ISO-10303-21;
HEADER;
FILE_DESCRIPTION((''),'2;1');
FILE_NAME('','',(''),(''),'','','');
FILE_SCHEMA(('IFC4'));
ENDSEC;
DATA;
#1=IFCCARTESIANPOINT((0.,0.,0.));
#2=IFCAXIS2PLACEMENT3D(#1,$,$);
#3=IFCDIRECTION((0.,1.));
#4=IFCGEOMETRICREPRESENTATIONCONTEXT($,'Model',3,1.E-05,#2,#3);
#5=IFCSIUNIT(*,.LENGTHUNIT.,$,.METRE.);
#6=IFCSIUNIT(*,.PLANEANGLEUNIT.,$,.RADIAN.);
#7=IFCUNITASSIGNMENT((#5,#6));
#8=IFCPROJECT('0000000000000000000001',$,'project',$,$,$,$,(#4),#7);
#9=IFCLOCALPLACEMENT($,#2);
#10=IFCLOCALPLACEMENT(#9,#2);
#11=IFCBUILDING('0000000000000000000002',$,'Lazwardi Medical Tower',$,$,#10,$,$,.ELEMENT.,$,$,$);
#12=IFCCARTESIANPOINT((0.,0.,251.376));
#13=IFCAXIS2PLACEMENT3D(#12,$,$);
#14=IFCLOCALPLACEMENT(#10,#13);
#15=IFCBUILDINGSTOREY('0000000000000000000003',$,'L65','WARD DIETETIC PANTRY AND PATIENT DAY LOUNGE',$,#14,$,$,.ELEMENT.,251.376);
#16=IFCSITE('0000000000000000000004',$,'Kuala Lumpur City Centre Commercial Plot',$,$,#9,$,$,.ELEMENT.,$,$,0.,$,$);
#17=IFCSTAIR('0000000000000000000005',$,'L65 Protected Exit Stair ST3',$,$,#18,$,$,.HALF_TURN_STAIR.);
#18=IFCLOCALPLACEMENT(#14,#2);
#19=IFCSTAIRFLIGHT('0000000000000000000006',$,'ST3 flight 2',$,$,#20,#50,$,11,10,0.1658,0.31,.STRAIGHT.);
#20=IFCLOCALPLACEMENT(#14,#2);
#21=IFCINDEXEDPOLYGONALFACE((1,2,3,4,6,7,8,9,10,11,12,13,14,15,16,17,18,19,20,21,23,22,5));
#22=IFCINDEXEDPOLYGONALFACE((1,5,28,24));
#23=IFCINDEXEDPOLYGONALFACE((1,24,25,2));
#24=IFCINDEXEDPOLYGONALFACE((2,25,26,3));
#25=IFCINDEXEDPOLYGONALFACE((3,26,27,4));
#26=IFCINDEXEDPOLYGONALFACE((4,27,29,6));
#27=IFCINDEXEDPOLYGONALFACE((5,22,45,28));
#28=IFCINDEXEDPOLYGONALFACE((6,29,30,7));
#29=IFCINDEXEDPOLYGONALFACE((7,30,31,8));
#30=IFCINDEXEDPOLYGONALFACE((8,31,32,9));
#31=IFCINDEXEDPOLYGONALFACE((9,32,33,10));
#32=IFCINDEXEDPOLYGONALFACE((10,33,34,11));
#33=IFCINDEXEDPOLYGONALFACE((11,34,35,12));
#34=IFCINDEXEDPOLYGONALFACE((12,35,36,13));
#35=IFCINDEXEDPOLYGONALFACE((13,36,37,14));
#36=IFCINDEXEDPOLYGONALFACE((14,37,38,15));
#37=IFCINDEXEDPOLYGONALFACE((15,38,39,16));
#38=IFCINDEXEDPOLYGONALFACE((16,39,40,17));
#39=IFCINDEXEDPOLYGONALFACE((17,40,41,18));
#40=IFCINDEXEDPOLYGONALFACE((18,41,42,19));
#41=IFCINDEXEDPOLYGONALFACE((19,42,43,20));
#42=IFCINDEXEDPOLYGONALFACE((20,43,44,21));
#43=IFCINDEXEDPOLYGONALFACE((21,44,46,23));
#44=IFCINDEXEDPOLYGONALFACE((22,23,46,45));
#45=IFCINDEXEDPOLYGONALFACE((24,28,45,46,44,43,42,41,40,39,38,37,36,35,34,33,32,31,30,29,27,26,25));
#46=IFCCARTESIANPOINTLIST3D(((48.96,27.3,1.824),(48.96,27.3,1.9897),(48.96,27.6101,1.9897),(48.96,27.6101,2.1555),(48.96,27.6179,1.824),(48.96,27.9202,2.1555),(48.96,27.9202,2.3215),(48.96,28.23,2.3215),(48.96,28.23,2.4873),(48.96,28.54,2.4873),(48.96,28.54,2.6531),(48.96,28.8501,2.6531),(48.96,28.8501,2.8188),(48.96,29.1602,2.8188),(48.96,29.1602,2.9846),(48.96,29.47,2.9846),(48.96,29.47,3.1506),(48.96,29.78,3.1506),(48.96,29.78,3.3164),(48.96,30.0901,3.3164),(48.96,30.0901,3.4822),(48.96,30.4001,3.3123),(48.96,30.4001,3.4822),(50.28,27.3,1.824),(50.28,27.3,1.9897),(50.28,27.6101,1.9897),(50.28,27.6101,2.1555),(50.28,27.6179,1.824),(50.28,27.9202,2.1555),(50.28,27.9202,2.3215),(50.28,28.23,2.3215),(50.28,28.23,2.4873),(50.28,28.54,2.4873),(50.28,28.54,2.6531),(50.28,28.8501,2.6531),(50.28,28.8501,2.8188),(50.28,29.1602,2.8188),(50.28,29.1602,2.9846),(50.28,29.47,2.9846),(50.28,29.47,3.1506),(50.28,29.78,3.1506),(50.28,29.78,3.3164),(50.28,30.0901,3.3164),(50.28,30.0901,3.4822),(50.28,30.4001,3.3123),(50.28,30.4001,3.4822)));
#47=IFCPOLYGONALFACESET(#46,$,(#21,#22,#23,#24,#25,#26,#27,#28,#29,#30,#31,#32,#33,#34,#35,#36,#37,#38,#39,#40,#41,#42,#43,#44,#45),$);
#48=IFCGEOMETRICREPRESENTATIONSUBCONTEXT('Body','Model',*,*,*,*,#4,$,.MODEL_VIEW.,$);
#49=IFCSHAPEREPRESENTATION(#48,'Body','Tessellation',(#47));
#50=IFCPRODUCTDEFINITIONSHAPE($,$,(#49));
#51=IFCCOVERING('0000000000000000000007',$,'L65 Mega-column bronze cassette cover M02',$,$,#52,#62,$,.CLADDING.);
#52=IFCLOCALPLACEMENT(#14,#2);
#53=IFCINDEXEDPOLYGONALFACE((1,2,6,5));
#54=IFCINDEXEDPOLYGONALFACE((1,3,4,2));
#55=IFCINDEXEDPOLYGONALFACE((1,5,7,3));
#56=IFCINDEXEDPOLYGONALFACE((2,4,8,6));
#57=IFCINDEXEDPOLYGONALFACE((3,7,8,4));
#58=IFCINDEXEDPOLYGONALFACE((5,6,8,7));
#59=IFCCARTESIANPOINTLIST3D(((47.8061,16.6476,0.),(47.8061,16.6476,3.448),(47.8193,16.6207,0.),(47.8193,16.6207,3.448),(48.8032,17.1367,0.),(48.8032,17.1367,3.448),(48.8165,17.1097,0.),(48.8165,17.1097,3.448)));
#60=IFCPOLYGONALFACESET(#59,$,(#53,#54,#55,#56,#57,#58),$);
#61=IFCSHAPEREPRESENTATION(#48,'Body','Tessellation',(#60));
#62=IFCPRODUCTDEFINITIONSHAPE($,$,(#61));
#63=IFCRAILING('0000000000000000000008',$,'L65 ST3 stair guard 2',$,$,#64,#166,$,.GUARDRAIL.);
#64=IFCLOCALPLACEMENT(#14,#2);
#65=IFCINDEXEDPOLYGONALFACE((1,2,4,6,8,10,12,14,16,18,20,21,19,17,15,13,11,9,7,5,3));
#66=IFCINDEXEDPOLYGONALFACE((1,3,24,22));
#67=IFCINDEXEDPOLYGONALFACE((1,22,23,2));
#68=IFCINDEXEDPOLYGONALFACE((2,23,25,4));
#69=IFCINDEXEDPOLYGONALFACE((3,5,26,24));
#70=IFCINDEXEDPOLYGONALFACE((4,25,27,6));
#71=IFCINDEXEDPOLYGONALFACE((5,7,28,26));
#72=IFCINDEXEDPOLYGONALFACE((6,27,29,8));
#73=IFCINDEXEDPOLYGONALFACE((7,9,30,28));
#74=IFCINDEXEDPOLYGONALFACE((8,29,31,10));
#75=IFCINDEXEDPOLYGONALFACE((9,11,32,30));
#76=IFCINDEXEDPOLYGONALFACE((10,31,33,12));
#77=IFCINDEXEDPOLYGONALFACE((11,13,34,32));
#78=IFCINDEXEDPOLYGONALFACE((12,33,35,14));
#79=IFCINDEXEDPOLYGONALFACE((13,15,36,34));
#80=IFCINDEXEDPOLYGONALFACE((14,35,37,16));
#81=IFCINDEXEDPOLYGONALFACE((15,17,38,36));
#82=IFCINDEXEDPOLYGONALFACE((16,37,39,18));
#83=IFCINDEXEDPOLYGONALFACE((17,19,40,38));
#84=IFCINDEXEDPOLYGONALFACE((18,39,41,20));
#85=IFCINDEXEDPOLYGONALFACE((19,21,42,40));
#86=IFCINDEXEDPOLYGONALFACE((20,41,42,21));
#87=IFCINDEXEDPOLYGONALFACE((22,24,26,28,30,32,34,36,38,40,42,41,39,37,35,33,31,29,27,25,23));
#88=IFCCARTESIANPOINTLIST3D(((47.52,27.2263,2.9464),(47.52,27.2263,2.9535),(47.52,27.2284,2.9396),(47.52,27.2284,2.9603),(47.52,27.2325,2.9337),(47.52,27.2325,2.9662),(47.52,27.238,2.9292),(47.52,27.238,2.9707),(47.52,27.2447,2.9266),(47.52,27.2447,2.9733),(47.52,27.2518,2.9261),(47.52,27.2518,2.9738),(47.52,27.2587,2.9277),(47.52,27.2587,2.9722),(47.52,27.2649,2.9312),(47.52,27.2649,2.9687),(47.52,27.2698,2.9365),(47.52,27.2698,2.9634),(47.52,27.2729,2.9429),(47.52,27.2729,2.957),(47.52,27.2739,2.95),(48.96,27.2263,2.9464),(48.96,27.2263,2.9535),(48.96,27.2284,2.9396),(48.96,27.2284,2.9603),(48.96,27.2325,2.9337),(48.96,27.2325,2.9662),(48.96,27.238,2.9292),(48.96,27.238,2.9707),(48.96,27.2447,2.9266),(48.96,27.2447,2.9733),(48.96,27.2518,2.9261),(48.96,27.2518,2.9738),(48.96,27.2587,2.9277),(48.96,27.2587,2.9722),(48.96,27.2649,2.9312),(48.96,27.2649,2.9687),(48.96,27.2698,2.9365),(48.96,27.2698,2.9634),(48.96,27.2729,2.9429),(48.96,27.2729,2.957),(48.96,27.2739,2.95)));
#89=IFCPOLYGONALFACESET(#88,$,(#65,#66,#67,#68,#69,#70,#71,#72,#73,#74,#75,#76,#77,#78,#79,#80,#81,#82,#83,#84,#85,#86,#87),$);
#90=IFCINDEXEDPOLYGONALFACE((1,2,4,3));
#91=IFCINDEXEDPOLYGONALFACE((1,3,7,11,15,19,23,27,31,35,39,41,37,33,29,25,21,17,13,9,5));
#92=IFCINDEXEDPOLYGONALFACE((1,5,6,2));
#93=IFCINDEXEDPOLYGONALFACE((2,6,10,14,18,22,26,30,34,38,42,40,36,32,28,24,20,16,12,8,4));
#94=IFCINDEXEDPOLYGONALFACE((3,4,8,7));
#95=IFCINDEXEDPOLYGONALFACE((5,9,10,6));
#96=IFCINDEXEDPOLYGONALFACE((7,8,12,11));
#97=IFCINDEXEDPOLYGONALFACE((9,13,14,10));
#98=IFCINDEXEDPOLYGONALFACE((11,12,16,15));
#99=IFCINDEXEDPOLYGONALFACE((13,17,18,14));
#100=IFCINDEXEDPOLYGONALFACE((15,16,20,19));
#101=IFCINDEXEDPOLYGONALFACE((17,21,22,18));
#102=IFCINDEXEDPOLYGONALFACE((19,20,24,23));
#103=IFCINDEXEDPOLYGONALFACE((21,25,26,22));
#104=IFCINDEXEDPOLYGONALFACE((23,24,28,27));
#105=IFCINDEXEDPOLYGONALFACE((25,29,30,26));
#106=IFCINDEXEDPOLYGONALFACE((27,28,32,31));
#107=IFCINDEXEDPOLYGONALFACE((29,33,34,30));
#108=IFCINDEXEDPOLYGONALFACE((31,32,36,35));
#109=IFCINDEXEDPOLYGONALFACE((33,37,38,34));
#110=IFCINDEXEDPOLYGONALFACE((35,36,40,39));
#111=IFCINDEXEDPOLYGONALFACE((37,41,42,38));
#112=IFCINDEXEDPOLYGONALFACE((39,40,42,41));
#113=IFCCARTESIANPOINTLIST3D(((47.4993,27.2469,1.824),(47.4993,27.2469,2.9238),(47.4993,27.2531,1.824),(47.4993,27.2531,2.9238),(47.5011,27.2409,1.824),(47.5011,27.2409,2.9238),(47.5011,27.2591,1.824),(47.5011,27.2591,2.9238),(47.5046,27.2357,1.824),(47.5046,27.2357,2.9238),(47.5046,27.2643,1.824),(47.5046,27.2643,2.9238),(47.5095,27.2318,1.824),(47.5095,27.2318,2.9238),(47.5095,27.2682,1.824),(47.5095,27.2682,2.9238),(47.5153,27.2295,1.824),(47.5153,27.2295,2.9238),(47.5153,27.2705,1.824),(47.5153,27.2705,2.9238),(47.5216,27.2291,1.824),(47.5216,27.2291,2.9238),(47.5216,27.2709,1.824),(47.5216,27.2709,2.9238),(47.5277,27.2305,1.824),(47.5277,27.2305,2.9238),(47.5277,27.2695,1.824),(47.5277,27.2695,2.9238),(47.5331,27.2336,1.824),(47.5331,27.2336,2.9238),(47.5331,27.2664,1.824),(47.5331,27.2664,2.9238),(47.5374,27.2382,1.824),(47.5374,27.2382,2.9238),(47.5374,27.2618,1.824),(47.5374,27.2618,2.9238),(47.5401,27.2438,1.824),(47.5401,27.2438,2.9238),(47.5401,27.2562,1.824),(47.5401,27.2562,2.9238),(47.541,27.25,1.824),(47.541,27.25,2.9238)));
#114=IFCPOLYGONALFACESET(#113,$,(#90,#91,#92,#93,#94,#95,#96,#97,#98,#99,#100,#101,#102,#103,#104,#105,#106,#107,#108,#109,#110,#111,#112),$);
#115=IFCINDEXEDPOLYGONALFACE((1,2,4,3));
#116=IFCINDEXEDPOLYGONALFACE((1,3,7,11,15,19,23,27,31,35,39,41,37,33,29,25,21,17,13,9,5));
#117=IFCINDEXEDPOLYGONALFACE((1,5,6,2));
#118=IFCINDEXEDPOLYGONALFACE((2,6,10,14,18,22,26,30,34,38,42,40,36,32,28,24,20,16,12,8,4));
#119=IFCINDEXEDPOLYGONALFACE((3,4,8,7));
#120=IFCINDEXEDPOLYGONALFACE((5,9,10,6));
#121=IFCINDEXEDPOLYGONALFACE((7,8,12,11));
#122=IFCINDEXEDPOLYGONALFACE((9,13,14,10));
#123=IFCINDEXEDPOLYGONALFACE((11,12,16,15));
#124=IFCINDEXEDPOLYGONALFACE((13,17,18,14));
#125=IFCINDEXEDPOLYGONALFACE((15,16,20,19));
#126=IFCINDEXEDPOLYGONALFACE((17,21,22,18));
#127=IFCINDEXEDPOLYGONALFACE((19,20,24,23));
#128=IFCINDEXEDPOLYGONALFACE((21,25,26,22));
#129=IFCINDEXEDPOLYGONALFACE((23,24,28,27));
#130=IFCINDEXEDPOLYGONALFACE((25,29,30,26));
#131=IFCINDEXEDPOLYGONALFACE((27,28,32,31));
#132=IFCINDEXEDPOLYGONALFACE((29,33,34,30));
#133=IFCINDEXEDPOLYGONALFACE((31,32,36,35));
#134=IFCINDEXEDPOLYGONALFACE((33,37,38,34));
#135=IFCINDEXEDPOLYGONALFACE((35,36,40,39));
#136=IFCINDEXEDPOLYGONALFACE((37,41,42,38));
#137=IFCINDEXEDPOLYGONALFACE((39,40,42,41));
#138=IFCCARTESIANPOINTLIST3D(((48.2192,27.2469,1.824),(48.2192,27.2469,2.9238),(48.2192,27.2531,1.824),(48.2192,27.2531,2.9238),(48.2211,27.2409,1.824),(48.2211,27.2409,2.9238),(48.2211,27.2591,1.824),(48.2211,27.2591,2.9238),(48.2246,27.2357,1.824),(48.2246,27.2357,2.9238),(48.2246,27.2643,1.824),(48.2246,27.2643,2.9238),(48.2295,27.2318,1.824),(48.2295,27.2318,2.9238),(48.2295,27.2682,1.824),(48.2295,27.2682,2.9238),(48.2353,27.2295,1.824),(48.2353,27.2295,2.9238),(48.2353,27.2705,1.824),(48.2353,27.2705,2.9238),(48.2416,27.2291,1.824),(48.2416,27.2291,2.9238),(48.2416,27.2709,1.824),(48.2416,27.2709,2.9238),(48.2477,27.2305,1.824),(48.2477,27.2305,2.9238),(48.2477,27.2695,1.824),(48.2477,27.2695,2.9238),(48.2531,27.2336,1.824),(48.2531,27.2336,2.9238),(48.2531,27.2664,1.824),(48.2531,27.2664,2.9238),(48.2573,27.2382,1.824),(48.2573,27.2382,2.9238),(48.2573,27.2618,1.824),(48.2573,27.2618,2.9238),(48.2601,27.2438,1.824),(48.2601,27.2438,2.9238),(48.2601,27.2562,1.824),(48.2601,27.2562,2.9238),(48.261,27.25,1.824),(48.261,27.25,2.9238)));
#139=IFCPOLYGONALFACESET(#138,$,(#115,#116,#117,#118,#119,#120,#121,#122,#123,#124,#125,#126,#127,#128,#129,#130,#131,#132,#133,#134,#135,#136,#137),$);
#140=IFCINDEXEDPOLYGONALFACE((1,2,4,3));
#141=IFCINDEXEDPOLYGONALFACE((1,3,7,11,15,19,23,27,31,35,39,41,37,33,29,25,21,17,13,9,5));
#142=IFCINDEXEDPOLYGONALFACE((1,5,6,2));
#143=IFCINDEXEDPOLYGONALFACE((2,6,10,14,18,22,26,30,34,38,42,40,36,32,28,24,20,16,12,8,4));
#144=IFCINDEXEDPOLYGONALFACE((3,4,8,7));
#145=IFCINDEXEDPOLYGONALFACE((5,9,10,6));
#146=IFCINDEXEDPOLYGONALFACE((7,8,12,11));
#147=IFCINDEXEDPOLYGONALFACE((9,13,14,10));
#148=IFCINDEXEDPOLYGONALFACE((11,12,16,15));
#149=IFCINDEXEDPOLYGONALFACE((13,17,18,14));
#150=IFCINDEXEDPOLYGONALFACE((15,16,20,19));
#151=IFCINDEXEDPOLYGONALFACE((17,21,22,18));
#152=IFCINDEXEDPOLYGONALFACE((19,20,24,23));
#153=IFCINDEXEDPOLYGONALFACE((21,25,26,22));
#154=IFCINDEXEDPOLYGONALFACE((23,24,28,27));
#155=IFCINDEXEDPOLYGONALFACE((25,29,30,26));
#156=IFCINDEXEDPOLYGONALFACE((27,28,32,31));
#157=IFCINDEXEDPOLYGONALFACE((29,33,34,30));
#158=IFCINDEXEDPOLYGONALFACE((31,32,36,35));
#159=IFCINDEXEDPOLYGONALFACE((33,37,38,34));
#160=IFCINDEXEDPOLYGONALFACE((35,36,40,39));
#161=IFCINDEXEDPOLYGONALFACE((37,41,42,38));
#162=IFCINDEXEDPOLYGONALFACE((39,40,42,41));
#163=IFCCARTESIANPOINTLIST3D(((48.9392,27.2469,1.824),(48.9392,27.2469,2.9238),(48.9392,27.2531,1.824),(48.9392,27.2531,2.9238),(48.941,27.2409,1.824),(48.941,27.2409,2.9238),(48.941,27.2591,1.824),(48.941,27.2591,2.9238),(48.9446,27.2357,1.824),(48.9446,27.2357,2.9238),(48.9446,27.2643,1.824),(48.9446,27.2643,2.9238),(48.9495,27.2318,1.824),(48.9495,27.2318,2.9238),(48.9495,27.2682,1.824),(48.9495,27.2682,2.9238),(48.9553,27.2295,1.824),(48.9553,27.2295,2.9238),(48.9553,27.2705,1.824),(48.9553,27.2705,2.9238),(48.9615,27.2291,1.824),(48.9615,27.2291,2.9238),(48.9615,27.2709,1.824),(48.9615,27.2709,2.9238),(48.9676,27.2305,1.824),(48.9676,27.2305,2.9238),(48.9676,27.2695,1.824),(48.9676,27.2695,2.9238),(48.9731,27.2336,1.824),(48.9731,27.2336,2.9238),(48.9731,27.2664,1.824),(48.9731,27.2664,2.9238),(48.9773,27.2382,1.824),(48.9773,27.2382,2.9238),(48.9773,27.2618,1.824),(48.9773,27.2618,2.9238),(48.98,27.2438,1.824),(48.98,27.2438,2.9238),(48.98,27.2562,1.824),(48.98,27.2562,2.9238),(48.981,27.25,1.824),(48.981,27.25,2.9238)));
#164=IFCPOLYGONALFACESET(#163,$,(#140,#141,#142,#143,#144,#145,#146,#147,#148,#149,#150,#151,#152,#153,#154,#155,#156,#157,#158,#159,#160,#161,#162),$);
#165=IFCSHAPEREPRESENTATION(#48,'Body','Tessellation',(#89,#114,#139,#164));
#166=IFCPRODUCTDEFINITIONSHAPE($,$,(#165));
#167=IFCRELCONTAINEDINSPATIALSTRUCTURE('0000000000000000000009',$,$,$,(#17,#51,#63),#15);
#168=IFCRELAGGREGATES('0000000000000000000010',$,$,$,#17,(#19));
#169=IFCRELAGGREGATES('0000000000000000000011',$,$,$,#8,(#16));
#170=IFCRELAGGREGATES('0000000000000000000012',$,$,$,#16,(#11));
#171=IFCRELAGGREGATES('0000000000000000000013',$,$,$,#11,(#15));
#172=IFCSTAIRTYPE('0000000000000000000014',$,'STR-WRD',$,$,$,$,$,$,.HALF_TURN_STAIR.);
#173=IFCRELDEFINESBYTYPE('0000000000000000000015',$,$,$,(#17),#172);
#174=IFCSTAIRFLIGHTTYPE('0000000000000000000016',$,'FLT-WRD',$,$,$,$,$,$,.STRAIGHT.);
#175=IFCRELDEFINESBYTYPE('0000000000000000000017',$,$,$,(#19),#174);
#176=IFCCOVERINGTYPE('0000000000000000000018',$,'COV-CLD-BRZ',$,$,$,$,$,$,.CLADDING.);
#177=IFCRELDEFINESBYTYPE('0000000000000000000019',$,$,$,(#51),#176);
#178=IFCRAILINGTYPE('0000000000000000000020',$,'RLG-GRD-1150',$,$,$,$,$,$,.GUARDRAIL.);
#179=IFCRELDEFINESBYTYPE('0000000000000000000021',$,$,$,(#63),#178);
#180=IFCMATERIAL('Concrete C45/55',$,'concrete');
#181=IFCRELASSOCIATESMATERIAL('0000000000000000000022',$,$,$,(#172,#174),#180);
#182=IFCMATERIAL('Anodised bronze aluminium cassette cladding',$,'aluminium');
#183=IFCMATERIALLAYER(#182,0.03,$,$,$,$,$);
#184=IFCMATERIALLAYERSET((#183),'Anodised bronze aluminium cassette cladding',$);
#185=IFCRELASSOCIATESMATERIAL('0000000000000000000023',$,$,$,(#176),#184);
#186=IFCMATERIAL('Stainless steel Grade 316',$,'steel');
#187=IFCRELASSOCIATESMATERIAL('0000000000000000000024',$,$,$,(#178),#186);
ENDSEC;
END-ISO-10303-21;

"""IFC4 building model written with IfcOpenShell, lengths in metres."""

from ifc_helpers import new_model, si_unit, direction, frame, origin, origin_2d, place, context, subcontext, project, spatial, polyline, rectangle, circle, outline, extrude, material, layer, layer_set, type_object, element, aggregate, save


model = new_model("IFC4")

# Units and contexts
model_context = context("Model", 3, precision=1e-05, world=origin(), true_north=direction((0.0, 1.0)))
body_context = subcontext(model_context, "Body", "Model", "MODEL_VIEW")
ifc_project = project(units=[si_unit("LENGTHUNIT", "METRE"), si_unit("PLANEANGLEUNIT", "RADIAN")], contexts=[model_context])

# Site, building, storey
site_placement = place(None, origin())
site = spatial("IfcSite", under=ifc_project, at=site_placement, Name="Kuala Lumpur City Centre Commercial Plot", CompositionType="ELEMENT", RefElevation=0.0)
building_placement = place(site_placement, origin())
building = spatial("IfcBuilding", under=site, at=building_placement, Name="Lazwardi Medical Tower", CompositionType="ELEMENT")
storey_placement = place(building_placement, frame((0.0, 0.0, 251.376)))
storey = spatial("IfcBuildingStorey", under=building, at=storey_placement, Name="L65", Description="WARD DIETETIC PANTRY AND PATIENT DAY LOUNGE", CompositionType="ELEMENT", Elevation=251.376)

# Stair, stair flight
ifc_material_1 = material(Name="Concrete C45/55", Category="concrete")
stair_type = type_object("IfcStairType", Name="STR-WRD", PredefinedType="HALF_TURN_STAIR", material=ifc_material_1)
stair_placement = place(storey_placement, origin())
stair = element("IfcStair", 1, at=stair_placement, inside=storey, type_object=stair_type, Name="L65 Protected Exit Stair ST3", PredefinedType="HALF_TURN_STAIR")
stair_flight_type = type_object("IfcStairFlightType", Name="FLT-WRD", PredefinedType="STRAIGHT", material=ifc_material_1)
stair_flight_placement = place(storey_placement, frame((49.6201, 27.3, 1.824), z_axis=(0.0, 0.0, 1.0), x_axis=(0.0, 1.0, 0.0)))
stair_flight = element("IfcStairFlight", 2, at=stair_flight_placement, type_object=stair_flight_type, Name="ST3 flight 2", NumberOfRisers=11, NumberOfTreads=10, PredefinedType="STRAIGHT", RiserHeight=0.1658, TreadLength=0.31, context=body_context, shape_type="SweptSolid", body=[
    extrude(outline(polyline([(0.0, 0.0), (0.0, 0.1658), (0.3101, 0.1658), (0.3101, 0.3315), (0.6201, 0.3315), (0.6201, 0.4976), (0.9299, 0.4976), (0.9299, 0.6633), (1.24, 0.6633), (1.24, 0.8291), (1.55, 0.8291), (1.55, 0.9949), (1.8601, 0.9949), (1.8601, 1.1606), (2.1699, 1.1606), (2.1699, 1.3267), (2.48, 1.3267), (2.48, 1.4924), (2.79, 1.4924), (2.79, 1.6582), (3.1001, 1.6582), (3.1001, 1.824), (3.1001, 1.4883), (0.3179, 0.0), (0.0, 0.0)])), frame((0.0, 0.6602, 0.0), z_axis=(0.0, -1.0, 0.0), x_axis=(1.0, 0.0, 0.0)), (0.0, 0.0, 1.0), 1.3201),
])
aggregate(stair, [stair_flight])

# Covering
ifc_material_2 = material(Name="Anodised bronze aluminium cassette cladding", Category="aluminium")
ifc_layer_1 = layer(ifc_material_2, 0.03)
ifc_layer_set_1 = layer_set([ifc_layer_1], Name="Anodised bronze aluminium cassette cladding")
covering_type = type_object("IfcCoveringType", Name="COV-CLD-BRZ", PredefinedType="CLADDING", material=ifc_layer_set_1)
covering_placement = place(storey_placement, frame((48.3113, 16.8787, 0.0), z_axis=(0.0, 0.0, 1.0), x_axis=(0.89784, 0.440322, 0.0)))
element("IfcCovering", 3, at=covering_placement, inside=storey, type_object=covering_type, Name="L65 Mega-column bronze cassette cover M02", PredefinedType="CLADDING", context=body_context, shape_type="SweptSolid", body=[
    extrude(rectangle(XDim=1.1106, YDim=0.03, at=origin_2d()), origin(), (0.0, 0.0, 1.0), 3.448),
])

# Railing
ifc_material_3 = material(Name="Stainless steel Grade 316", Category="steel")
railing_type_1 = type_object("IfcRailingType", Name="RLG-GRD-1150", PredefinedType="GUARDRAIL", material=ifc_material_3)
railing_1_placement = place(storey_placement, frame((47.52, 27.25, 1.824)))
element("IfcRailing", 4, at=railing_1_placement, inside=storey, type_object=railing_type_1, Name="L65 ST3 stair guard 2", PredefinedType="GUARDRAIL", context=body_context, shape_type="SweptSolid", body=[
    extrude(circle(Radius=0.0239, at=origin_2d()), frame((0.0, 0.0, 1.126), z_axis=(1.0, 0.0, 0.0), x_axis=(0.0, 1.0, 0.0)), (0.0, 0.0, 1.0), 1.4399),
    extrude(circle(Radius=0.021, at=origin_2d()), origin(), (0.0, 0.0, 1.0), 1.0999),
    extrude(circle(Radius=0.021, at=origin_2d()), frame((0.72, 0.0, 0.0)), (0.0, 0.0, 1.0), 1.0999),
    extrude(circle(Radius=0.021, at=origin_2d()), frame((1.4399, 0.0, 0.0)), (0.0, 0.0, 1.0), 1.0999),
])

save(model, "model.ifc")
